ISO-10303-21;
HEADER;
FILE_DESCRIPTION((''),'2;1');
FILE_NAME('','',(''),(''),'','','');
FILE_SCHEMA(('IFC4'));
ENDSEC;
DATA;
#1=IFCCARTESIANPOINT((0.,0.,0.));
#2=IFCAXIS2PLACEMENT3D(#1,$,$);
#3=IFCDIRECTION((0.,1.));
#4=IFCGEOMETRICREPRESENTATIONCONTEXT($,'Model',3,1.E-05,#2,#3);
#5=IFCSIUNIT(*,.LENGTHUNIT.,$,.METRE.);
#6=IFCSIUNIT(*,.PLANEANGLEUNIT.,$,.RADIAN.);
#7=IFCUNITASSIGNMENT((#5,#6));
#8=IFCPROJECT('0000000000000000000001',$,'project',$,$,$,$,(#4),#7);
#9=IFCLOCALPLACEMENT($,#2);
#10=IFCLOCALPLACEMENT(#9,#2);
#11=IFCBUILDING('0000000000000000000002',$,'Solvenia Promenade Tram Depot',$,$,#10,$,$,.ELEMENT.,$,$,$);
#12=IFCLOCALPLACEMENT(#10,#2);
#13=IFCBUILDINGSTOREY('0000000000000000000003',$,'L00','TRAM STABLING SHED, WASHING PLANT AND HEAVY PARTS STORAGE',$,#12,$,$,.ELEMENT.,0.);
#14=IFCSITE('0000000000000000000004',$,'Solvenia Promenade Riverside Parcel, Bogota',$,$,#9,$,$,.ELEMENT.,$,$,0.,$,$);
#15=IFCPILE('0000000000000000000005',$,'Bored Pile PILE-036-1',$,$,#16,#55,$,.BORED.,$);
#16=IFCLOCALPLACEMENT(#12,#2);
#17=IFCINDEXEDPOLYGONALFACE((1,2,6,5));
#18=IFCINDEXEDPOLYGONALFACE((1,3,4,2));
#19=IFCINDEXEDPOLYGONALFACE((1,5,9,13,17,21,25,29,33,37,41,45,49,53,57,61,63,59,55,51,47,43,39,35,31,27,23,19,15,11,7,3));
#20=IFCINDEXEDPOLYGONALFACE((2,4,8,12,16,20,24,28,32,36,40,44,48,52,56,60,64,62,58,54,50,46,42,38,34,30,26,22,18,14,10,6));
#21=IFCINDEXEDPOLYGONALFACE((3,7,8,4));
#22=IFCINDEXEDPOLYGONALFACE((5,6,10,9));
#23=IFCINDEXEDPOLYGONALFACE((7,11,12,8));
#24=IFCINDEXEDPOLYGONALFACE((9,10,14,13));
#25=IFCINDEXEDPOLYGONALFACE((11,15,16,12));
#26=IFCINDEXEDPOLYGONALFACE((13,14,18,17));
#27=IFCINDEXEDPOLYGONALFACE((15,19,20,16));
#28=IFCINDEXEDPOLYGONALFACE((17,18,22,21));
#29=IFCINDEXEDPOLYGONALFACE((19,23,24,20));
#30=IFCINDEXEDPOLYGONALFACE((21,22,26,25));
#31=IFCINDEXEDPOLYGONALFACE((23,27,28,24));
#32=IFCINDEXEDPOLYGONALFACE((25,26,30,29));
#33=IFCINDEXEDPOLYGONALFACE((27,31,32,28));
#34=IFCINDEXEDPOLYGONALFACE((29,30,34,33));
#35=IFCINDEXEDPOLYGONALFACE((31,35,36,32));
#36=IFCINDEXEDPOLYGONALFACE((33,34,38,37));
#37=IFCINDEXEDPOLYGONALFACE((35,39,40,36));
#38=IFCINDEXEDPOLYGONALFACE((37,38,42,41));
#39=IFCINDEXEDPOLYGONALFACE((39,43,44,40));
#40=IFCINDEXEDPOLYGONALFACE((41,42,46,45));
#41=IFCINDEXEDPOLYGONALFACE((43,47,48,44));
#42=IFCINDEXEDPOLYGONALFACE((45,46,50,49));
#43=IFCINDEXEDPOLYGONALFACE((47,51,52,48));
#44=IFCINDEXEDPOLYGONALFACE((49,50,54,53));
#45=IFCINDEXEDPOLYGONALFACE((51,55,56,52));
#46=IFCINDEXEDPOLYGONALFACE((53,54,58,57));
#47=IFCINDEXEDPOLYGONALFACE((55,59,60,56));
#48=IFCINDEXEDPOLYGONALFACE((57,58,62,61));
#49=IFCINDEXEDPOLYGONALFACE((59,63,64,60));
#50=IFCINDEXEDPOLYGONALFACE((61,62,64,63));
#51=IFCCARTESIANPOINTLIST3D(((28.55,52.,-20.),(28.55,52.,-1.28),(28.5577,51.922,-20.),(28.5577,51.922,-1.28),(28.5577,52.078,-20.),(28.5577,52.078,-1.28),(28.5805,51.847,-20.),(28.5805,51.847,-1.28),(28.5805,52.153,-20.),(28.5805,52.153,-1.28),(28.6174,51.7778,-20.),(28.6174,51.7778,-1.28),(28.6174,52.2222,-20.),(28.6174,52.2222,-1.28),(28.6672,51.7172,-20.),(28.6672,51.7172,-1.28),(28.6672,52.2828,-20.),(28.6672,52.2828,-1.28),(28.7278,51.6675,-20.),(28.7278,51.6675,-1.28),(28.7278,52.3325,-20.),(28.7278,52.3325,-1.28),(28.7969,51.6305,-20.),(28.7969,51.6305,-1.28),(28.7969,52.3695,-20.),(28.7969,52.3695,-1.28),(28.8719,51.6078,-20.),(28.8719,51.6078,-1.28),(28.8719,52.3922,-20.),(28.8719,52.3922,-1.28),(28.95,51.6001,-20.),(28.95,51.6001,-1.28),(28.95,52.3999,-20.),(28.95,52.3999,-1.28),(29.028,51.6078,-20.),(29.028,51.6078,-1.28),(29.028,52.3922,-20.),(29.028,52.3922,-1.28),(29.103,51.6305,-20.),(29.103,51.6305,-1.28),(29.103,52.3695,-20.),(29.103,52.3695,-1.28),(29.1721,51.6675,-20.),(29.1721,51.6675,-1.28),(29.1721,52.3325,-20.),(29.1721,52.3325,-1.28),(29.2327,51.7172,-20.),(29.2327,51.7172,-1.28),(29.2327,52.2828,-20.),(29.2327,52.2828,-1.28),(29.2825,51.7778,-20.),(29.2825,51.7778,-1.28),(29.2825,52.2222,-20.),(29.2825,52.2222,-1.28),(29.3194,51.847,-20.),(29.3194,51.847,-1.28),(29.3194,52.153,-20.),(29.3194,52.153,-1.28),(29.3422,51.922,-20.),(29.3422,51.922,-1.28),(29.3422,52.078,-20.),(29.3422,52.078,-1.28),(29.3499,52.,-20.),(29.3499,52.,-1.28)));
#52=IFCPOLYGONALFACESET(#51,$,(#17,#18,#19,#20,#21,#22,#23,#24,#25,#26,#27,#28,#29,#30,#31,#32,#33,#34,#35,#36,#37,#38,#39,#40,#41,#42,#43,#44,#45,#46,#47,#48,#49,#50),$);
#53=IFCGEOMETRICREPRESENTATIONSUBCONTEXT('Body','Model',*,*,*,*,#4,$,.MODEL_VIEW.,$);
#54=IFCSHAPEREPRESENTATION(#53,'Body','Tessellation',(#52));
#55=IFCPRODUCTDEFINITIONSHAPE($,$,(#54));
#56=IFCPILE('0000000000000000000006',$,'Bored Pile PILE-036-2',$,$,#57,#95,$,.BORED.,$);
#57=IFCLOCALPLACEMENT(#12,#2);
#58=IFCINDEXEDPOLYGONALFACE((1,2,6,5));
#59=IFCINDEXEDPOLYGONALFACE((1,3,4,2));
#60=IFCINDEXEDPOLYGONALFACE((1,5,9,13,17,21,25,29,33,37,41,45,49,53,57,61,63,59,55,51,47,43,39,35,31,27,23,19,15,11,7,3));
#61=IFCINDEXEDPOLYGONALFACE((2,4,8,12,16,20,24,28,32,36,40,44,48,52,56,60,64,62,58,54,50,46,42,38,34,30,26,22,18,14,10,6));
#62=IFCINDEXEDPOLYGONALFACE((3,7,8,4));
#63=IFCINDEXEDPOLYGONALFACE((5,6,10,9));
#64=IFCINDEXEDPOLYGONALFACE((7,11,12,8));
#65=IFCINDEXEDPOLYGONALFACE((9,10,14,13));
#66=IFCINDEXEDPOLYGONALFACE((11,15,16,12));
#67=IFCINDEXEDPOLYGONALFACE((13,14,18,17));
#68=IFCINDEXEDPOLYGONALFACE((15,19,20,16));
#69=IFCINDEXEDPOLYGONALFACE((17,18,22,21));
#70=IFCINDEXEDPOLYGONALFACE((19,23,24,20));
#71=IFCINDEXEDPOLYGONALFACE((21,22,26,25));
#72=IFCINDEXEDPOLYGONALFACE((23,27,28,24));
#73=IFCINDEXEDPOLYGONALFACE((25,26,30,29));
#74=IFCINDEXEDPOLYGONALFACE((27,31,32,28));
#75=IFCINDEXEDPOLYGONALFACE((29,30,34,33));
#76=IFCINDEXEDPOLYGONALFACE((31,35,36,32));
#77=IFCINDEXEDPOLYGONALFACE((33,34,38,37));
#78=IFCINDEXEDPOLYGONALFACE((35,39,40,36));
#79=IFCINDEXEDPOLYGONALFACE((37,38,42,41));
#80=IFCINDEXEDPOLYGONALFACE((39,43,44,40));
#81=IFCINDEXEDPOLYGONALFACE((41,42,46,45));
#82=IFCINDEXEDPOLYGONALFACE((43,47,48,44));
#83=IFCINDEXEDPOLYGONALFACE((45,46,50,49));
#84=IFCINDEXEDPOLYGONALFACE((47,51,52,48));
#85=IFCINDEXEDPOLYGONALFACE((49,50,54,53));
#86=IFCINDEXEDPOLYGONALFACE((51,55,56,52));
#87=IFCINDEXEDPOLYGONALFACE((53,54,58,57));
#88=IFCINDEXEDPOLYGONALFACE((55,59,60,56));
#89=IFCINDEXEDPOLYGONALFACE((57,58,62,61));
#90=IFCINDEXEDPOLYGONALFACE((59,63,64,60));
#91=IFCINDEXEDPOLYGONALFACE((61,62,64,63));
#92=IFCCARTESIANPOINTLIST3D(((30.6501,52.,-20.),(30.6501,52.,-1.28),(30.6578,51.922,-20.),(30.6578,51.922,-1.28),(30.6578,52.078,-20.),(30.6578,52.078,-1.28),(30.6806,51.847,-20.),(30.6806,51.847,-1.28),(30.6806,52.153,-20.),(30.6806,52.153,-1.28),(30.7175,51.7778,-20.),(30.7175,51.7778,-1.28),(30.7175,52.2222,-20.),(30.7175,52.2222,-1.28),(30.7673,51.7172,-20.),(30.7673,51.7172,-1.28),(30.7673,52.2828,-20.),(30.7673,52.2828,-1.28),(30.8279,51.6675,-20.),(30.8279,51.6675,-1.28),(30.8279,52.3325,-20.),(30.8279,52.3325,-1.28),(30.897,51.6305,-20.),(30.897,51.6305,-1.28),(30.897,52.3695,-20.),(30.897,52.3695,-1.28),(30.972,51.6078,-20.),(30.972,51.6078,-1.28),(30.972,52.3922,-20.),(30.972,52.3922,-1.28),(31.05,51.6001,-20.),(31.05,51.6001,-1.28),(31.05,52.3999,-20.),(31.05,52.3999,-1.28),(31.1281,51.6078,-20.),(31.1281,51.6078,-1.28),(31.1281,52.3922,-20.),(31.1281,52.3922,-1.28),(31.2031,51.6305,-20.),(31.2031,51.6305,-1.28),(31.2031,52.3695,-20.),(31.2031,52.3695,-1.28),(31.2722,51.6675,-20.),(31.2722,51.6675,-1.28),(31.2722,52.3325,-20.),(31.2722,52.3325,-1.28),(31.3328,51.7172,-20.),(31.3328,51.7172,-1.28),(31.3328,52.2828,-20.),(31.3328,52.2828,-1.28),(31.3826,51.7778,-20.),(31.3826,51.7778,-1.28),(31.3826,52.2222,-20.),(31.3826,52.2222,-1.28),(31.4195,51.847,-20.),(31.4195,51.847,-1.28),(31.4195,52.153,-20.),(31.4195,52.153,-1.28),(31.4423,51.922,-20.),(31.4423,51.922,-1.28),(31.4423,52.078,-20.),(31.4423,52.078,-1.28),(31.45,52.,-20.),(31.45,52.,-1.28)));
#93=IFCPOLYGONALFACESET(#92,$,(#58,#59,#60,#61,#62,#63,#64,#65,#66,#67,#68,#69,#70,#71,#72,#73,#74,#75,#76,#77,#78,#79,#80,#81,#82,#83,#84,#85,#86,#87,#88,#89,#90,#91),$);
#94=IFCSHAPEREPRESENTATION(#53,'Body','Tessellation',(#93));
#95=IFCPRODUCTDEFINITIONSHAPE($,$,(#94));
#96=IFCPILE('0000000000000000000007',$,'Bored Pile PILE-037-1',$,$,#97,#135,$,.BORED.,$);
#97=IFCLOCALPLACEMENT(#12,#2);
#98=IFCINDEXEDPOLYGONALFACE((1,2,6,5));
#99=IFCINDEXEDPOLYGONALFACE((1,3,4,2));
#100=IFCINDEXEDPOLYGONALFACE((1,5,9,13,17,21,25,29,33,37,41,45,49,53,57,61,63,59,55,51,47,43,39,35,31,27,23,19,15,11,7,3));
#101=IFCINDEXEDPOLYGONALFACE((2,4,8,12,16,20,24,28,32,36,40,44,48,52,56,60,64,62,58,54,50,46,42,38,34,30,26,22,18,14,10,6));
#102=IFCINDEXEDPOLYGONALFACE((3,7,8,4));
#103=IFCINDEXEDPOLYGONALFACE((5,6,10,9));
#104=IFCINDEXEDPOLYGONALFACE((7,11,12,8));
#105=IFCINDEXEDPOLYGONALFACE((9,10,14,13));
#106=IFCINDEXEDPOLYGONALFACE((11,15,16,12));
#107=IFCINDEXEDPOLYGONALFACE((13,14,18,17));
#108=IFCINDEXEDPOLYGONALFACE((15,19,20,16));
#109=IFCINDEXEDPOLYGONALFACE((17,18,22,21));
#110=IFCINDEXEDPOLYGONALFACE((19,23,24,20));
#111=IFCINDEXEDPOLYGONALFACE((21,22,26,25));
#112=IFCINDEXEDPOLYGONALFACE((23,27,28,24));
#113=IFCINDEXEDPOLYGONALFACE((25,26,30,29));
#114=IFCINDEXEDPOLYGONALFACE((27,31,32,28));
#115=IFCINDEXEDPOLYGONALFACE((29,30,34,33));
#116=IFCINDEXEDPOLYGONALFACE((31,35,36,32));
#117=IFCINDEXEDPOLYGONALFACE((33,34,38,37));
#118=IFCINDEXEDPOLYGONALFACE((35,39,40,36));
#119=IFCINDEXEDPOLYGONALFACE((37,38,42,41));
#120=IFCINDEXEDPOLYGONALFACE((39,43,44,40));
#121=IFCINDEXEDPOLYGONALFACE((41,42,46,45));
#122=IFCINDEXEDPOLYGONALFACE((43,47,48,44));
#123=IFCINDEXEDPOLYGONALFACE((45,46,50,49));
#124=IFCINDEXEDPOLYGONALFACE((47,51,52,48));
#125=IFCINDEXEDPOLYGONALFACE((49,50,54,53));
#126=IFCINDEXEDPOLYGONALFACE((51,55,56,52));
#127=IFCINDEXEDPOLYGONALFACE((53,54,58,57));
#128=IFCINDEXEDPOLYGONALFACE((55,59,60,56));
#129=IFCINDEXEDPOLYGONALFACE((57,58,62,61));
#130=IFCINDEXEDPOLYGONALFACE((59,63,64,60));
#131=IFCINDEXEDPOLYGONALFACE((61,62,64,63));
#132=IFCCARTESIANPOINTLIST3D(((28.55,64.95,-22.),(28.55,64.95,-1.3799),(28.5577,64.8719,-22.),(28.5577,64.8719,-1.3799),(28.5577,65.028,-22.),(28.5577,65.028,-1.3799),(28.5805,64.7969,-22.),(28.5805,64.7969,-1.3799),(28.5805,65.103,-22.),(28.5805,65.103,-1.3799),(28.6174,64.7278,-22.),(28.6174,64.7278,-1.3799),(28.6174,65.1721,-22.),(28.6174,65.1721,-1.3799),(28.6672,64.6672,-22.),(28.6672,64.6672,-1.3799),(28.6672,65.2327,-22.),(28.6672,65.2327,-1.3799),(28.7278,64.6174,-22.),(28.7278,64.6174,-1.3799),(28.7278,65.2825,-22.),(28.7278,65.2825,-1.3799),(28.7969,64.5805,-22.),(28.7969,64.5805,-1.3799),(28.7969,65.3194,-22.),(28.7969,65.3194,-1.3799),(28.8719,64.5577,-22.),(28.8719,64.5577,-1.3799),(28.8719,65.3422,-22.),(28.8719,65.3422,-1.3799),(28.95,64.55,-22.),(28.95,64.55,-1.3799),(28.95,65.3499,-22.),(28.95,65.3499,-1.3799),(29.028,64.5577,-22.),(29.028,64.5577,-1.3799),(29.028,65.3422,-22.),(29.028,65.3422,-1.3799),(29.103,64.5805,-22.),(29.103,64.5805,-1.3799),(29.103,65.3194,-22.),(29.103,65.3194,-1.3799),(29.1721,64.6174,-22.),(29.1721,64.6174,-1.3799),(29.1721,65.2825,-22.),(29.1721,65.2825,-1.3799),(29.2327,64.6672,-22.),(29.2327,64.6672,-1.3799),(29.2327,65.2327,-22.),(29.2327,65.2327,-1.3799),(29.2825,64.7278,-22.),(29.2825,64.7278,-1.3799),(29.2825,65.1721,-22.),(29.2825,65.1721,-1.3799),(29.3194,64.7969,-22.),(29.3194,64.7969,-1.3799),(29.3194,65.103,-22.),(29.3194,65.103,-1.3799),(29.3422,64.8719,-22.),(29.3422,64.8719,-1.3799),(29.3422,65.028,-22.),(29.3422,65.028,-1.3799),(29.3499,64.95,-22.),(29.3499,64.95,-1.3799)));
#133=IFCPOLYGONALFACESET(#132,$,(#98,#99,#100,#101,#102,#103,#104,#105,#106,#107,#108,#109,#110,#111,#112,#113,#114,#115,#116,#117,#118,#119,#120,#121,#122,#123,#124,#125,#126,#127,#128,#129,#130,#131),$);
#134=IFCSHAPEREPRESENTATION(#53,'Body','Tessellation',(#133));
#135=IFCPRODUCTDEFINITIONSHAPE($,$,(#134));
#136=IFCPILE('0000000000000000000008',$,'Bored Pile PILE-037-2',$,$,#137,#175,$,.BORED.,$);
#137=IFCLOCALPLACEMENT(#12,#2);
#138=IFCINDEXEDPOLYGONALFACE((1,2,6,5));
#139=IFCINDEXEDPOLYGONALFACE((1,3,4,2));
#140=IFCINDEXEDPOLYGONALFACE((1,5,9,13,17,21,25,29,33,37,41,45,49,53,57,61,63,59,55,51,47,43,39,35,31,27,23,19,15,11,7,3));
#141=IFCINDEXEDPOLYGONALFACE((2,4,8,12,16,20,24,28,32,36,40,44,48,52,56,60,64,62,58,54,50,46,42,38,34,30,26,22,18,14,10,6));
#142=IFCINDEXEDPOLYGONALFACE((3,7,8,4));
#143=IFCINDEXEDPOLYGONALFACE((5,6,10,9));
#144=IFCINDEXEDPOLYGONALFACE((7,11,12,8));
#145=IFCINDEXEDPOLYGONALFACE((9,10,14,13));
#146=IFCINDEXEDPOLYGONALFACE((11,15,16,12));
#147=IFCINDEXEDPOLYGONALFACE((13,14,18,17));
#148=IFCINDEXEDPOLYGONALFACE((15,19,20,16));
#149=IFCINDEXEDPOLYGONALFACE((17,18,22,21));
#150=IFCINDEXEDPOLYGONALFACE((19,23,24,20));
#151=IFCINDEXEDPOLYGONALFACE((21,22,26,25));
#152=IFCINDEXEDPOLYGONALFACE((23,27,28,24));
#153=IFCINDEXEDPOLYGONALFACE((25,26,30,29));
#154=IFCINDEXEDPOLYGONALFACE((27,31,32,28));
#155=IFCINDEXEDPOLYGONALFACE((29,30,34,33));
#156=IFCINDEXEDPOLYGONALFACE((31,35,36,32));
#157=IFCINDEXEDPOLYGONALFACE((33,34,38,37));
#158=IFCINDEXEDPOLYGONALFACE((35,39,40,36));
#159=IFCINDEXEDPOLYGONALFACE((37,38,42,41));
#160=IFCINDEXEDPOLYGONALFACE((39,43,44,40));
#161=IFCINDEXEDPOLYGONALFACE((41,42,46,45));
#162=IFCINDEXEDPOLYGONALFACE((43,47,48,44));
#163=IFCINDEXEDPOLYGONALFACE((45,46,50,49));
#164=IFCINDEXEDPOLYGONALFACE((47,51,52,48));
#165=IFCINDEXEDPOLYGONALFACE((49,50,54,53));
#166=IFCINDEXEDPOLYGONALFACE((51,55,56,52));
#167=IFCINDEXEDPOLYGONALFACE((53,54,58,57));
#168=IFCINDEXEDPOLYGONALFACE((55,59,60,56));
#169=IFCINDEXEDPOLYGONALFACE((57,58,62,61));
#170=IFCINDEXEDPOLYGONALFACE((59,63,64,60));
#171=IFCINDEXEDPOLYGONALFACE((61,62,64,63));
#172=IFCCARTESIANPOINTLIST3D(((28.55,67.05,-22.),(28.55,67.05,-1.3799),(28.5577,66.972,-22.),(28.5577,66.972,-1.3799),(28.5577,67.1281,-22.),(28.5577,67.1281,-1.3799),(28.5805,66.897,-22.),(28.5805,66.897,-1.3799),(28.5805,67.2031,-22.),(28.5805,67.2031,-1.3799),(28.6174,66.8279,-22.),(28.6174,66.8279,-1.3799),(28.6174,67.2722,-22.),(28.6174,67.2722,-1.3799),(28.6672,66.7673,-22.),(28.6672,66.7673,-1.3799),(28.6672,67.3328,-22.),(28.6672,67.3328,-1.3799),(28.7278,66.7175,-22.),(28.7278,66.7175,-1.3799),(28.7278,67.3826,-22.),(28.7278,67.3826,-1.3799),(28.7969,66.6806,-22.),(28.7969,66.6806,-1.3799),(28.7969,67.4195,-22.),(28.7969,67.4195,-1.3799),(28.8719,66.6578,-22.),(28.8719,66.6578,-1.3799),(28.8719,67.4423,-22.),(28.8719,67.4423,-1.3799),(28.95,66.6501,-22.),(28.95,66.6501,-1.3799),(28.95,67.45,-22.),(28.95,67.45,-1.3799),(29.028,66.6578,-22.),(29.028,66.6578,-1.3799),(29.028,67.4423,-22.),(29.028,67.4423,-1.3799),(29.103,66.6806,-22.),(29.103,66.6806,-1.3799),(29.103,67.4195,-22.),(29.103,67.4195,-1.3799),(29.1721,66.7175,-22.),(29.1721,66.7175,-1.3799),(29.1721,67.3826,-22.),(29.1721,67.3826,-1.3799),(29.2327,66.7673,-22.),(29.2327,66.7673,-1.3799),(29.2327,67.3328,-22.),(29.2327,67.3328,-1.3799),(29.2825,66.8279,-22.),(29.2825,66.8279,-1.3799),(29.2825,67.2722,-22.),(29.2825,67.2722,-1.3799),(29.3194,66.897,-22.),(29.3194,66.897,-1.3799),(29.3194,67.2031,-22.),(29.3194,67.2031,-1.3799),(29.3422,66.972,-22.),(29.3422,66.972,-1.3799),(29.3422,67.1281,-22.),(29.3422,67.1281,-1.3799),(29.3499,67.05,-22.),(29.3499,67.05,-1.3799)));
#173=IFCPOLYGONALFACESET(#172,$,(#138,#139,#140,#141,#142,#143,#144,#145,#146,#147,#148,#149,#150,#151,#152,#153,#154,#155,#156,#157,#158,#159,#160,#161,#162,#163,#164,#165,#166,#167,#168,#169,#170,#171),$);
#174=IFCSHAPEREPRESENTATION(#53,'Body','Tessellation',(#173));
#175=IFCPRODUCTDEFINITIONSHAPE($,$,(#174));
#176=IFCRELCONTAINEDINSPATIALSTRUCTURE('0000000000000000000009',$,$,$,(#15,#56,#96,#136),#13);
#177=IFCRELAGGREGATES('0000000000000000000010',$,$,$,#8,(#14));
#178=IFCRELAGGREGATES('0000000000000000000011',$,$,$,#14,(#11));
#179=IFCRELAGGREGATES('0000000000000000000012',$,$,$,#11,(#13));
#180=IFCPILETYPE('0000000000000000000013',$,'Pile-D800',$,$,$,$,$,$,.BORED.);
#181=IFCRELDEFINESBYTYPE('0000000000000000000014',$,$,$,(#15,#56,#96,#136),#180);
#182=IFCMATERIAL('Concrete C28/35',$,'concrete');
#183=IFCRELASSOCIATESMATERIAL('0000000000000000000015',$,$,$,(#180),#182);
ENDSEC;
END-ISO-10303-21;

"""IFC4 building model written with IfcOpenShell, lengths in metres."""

from ifc_helpers import new_model, si_unit, direction, frame, origin, origin_2d, place, context, subcontext, project, spatial, circle, extrude, material, material_profile, profile_set, type_object, element, save


model = new_model("IFC4")

# Units and contexts
model_context = context("Model", 3, precision=1e-05, world=origin(), true_north=direction((0.0, 1.0)))
body_context = subcontext(model_context, "Body", "Model", "MODEL_VIEW")
ifc_project = project(units=[si_unit("LENGTHUNIT", "METRE"), si_unit("PLANEANGLEUNIT", "RADIAN")], contexts=[model_context])

# Site, building, storey
site_placement = place(None, origin())
site = spatial("IfcSite", under=ifc_project, at=site_placement, Name="Solvenia Promenade Riverside Parcel, Bogota", CompositionType="ELEMENT", RefElevation=0.0)
building_placement = place(site_placement, origin())
building = spatial("IfcBuilding", under=site, at=building_placement, Name="Solvenia Promenade Tram Depot", CompositionType="ELEMENT")
storey_placement = place(building_placement, origin())
storey = spatial("IfcBuildingStorey", under=building, at=storey_placement, Name="L00", Description="TRAM STABLING SHED, WASHING PLANT AND HEAVY PARTS STORAGE", CompositionType="ELEMENT", Elevation=0.0)

# Shared definitions
ifc_material_1 = material(Name="Concrete C28/35", Category="concrete")

# Piles
ifc_material_profile_1 = material_profile(ifc_material_1, circle(Radius=0.3999, at=origin_2d()), Name="D800", Category="concrete")
ifc_profile_set_1 = profile_set([ifc_material_profile_1], Name="Concrete C28/35")
pile_type_1 = type_object("IfcPileType", Name="Pile-D800", PredefinedType="BORED", material=ifc_profile_set_1)
for number, where, z_axis, x_axis, name in (
    (1, (28.95, 52.0, -1.28), (0.0, 0.0, -1.0), (1.0, 0.0, 0.0), "Bored Pile PILE-036-1"),
    (2, (31.05, 52.0, -1.28), (0.0, 0.0, -1.0), (1.0, 0.0, 0.0), "Bored Pile PILE-036-2"),
):
    element("IfcPile", number, at=place(storey_placement, frame(where, z_axis=z_axis, x_axis=x_axis)), inside=storey, type_object=pile_type_1, Name=name, PredefinedType="BORED", context=body_context, shape_type="SweptSolid", body=[
        extrude(circle(Radius=0.3999, at=origin_2d()), origin(), (0.0, 0.0, 1.0), 18.72),
    ])
for number, where, z_axis, x_axis, name in (
    (3, (28.95, 64.95, -1.3799), (0.0, 0.0, -1.0), (1.0, 0.0, 0.0), "Bored Pile PILE-037-1"),
    (4, (28.95, 67.05, -1.3799), (0.0, 0.0, -1.0), (1.0, 0.0, 0.0), "Bored Pile PILE-037-2"),
):
    element("IfcPile", number, at=place(storey_placement, frame(where, z_axis=z_axis, x_axis=x_axis)), inside=storey, type_object=pile_type_1, Name=name, PredefinedType="BORED", context=body_context, shape_type="SweptSolid", body=[
        extrude(circle(Radius=0.3999, at=origin_2d()), origin(), (0.0, 0.0, 1.0), 20.6201),
    ])

save(model, "model.ifc")
